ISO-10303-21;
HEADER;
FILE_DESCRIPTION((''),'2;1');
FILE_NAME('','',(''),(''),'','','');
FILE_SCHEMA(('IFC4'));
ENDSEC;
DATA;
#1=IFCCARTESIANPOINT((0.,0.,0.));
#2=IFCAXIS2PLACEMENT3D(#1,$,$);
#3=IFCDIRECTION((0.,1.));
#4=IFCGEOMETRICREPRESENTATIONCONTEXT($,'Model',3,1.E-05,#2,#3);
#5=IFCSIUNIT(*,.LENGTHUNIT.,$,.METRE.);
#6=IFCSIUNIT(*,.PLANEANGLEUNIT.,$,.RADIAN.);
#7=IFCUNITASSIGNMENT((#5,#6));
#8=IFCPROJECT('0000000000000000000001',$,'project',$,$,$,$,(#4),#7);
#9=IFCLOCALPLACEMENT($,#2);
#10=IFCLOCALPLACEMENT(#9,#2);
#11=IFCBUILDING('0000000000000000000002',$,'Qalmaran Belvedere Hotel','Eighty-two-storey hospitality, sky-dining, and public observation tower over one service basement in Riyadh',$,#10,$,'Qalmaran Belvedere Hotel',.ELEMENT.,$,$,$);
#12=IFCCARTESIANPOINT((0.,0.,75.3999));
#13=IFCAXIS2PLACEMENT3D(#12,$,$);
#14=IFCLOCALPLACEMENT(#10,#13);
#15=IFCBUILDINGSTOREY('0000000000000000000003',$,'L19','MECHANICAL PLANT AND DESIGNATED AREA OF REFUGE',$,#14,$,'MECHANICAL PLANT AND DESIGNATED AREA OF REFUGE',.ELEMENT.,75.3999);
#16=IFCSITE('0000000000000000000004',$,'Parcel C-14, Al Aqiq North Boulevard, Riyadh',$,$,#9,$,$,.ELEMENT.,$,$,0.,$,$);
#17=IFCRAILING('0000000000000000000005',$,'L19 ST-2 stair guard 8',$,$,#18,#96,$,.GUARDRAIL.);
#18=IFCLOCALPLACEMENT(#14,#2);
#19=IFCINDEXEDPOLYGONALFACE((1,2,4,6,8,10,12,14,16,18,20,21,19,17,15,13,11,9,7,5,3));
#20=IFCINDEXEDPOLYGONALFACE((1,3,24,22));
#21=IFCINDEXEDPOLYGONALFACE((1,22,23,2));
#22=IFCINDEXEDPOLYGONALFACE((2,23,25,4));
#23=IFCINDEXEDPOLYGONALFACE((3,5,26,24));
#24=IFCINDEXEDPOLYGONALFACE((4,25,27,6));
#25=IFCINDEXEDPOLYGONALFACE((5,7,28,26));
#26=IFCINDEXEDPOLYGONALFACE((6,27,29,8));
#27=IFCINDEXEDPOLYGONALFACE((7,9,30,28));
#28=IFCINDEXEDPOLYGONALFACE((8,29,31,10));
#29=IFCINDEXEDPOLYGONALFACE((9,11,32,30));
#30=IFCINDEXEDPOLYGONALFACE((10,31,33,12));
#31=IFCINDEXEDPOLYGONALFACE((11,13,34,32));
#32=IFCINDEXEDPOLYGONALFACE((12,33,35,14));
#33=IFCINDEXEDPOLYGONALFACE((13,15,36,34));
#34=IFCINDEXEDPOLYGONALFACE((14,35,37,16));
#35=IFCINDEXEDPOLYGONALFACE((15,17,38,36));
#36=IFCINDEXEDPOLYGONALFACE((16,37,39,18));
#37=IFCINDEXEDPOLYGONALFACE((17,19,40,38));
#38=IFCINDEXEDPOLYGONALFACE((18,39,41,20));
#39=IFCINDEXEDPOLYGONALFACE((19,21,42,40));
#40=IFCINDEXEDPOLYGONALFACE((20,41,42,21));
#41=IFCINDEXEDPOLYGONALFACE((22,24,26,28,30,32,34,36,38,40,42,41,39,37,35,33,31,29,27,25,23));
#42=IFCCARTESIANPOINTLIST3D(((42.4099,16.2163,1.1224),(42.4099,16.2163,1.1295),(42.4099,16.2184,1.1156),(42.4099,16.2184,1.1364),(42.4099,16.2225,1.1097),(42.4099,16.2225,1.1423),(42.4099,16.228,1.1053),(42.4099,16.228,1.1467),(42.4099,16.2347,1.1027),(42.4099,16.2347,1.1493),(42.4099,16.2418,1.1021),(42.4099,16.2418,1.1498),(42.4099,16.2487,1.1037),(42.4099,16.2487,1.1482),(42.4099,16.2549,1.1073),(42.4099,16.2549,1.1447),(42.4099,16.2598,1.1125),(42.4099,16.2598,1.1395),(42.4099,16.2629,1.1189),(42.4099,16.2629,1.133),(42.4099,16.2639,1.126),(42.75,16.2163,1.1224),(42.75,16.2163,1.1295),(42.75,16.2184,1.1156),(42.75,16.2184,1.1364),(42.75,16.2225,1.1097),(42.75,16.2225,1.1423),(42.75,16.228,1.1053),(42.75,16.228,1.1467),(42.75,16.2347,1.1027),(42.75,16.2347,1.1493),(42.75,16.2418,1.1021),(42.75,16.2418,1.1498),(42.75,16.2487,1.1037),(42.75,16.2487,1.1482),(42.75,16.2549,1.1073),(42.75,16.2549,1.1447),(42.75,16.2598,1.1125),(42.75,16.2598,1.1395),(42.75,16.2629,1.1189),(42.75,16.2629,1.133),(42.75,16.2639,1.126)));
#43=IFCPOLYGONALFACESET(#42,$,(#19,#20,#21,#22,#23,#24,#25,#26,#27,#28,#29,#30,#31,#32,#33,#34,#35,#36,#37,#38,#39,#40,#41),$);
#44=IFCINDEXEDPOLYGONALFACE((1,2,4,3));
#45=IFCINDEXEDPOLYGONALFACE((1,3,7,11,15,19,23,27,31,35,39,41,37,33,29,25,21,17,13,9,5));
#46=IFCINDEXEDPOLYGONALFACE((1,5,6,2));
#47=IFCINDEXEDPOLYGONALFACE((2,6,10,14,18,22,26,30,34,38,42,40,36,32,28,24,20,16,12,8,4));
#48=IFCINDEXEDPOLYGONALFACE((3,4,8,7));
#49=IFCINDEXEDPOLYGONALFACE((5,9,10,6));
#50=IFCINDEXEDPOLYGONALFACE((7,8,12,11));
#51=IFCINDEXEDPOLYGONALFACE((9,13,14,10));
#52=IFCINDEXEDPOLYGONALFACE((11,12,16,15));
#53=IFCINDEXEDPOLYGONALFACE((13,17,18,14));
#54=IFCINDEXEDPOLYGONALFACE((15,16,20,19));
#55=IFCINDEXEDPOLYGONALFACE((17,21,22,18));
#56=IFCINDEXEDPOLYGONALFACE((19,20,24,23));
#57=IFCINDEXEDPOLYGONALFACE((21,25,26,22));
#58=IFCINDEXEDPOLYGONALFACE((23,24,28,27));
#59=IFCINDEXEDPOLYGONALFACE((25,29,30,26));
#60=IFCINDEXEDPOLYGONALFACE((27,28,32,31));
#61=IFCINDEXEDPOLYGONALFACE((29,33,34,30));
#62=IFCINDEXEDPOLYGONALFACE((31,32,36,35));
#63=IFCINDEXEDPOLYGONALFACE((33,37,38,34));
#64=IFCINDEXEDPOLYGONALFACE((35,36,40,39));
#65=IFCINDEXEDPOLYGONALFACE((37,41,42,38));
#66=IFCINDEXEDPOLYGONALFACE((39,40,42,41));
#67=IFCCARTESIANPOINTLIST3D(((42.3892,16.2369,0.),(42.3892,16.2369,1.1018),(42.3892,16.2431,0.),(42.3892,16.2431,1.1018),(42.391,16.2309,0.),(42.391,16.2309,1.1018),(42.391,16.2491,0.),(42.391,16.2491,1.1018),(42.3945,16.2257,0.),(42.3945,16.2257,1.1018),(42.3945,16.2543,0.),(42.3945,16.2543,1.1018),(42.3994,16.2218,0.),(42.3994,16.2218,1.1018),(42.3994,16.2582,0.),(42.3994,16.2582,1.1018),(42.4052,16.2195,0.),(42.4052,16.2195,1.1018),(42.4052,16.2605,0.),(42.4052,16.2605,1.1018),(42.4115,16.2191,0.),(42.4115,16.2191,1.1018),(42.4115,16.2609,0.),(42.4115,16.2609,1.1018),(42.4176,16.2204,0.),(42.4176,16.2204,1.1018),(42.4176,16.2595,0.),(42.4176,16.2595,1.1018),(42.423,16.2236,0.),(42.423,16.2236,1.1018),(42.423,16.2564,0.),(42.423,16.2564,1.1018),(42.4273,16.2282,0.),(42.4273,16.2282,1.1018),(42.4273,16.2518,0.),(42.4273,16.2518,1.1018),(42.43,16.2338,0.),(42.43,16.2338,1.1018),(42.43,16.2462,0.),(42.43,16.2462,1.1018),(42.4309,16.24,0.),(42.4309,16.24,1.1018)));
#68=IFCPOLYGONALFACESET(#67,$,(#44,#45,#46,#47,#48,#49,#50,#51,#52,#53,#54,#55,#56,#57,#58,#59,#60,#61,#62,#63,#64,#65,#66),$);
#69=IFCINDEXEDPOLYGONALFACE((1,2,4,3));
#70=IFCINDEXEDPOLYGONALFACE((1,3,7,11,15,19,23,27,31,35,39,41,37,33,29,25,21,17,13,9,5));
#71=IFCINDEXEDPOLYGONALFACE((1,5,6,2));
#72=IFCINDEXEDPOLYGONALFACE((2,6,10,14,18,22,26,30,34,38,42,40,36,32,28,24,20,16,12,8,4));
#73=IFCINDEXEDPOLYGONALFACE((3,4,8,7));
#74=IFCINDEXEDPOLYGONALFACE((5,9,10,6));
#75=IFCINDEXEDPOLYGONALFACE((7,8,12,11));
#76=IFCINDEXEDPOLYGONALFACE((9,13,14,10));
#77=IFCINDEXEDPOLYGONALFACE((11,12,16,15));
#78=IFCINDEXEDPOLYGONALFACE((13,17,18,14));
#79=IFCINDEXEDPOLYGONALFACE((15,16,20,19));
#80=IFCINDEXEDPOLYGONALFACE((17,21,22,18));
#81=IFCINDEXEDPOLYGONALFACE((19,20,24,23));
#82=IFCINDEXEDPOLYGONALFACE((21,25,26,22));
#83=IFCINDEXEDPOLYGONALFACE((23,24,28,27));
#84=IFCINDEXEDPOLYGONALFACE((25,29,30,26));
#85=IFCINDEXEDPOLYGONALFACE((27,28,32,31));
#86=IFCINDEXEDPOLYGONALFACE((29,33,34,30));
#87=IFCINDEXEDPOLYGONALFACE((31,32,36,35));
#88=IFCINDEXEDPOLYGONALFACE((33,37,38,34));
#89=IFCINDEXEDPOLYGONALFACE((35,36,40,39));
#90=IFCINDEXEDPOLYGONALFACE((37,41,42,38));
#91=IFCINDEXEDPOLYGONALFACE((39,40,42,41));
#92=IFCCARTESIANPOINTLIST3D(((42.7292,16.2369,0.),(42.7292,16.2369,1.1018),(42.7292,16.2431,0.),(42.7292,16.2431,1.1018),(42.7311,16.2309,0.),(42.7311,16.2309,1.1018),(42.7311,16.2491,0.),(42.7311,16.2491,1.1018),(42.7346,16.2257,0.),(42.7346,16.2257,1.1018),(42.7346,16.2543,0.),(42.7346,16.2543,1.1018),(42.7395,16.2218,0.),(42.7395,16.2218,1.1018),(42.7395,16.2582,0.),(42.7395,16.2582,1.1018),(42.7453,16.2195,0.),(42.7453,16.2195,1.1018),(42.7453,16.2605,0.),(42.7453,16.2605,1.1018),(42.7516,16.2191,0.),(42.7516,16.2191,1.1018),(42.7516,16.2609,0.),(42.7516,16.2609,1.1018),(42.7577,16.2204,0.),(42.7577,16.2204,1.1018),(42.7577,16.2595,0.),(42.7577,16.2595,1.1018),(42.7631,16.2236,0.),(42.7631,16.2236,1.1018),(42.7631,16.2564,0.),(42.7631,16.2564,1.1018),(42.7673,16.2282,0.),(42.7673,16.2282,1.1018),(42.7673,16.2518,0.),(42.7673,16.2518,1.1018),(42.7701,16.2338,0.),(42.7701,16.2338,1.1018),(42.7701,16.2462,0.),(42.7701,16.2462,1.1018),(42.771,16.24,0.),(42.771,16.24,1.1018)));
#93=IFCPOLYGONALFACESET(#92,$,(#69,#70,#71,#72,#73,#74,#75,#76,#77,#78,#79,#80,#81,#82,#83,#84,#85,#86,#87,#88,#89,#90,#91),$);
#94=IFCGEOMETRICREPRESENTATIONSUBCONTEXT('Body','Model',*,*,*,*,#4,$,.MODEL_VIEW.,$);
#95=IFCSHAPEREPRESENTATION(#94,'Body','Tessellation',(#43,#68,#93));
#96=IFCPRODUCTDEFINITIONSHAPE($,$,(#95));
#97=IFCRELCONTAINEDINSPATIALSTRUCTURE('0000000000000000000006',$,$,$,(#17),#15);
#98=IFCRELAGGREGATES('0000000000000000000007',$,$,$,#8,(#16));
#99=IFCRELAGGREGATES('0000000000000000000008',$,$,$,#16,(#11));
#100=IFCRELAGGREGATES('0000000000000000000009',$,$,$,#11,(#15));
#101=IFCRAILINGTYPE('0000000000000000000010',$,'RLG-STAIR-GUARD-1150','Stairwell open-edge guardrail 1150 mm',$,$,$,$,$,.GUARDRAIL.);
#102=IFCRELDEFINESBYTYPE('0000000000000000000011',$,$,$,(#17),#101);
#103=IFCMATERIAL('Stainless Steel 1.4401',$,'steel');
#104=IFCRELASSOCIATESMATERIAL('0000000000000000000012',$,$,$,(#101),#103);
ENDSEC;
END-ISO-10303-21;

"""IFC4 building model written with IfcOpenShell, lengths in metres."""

from ifc_helpers import new_model, si_unit, direction, frame, origin, origin_2d, place, context, subcontext, project, spatial, circle, extrude, material, type_object, element, save


model = new_model("IFC4")

# Units and contexts
model_context = context("Model", 3, precision=1e-05, world=origin(), true_north=direction((0.0, 1.0)))
body_context = subcontext(model_context, "Body", "Model", "MODEL_VIEW")
ifc_project = project(units=[si_unit("LENGTHUNIT", "METRE"), si_unit("PLANEANGLEUNIT", "RADIAN")], contexts=[model_context])

# Site, building, storey
site_placement = place(None, origin())
site = spatial("IfcSite", under=ifc_project, at=site_placement, Name="Parcel C-14, Al Aqiq North Boulevard, Riyadh", CompositionType="ELEMENT", RefElevation=0.0)
building_placement = place(site_placement, origin())
building = spatial("IfcBuilding", under=site, at=building_placement, Name="Qalmaran Belvedere Hotel", Description="Eighty-two-storey hospitality, sky-dining, and public observation tower over one service basement in Riyadh", LongName="Qalmaran Belvedere Hotel", CompositionType="ELEMENT")
storey_placement = place(building_placement, frame((0.0, 0.0, 75.3999)))
storey = spatial("IfcBuildingStorey", under=building, at=storey_placement, Name="L19", Description="MECHANICAL PLANT AND DESIGNATED AREA OF REFUGE", LongName="MECHANICAL PLANT AND DESIGNATED AREA OF REFUGE", CompositionType="ELEMENT", Elevation=75.3999)

# Railing
ifc_material_1 = material(Name="Stainless Steel 1.4401", Category="steel")
railing_type_1 = type_object("IfcRailingType", Name="RLG-STAIR-GUARD-1150", Description="Stairwell open-edge guardrail 1150 mm", PredefinedType="GUARDRAIL", material=ifc_material_1)
railing_1_placement = place(storey_placement, frame((42.4099, 16.24, 0.0)))
element("IfcRailing", 1, at=railing_1_placement, inside=storey, type_object=railing_type_1, Name="L19 ST-2 stair guard 8", PredefinedType="GUARDRAIL", context=body_context, shape_type="SweptSolid", body=[
    extrude(circle(Radius=0.0239, at=origin_2d()), frame((0.0, 0.0, 1.126), z_axis=(1.0, 0.0, 0.0), x_axis=(0.0, 1.0, 0.0)), (0.0, 0.0, 1.0), 0.3401),
    extrude(circle(Radius=0.021, at=origin_2d()), origin(), (0.0, 0.0, 1.0), 1.1018),
    extrude(circle(Radius=0.021, at=origin_2d()), frame((0.3401, 0.0, 0.0)), (0.0, 0.0, 1.0), 1.1018),
])

save(model, "model.ifc")
